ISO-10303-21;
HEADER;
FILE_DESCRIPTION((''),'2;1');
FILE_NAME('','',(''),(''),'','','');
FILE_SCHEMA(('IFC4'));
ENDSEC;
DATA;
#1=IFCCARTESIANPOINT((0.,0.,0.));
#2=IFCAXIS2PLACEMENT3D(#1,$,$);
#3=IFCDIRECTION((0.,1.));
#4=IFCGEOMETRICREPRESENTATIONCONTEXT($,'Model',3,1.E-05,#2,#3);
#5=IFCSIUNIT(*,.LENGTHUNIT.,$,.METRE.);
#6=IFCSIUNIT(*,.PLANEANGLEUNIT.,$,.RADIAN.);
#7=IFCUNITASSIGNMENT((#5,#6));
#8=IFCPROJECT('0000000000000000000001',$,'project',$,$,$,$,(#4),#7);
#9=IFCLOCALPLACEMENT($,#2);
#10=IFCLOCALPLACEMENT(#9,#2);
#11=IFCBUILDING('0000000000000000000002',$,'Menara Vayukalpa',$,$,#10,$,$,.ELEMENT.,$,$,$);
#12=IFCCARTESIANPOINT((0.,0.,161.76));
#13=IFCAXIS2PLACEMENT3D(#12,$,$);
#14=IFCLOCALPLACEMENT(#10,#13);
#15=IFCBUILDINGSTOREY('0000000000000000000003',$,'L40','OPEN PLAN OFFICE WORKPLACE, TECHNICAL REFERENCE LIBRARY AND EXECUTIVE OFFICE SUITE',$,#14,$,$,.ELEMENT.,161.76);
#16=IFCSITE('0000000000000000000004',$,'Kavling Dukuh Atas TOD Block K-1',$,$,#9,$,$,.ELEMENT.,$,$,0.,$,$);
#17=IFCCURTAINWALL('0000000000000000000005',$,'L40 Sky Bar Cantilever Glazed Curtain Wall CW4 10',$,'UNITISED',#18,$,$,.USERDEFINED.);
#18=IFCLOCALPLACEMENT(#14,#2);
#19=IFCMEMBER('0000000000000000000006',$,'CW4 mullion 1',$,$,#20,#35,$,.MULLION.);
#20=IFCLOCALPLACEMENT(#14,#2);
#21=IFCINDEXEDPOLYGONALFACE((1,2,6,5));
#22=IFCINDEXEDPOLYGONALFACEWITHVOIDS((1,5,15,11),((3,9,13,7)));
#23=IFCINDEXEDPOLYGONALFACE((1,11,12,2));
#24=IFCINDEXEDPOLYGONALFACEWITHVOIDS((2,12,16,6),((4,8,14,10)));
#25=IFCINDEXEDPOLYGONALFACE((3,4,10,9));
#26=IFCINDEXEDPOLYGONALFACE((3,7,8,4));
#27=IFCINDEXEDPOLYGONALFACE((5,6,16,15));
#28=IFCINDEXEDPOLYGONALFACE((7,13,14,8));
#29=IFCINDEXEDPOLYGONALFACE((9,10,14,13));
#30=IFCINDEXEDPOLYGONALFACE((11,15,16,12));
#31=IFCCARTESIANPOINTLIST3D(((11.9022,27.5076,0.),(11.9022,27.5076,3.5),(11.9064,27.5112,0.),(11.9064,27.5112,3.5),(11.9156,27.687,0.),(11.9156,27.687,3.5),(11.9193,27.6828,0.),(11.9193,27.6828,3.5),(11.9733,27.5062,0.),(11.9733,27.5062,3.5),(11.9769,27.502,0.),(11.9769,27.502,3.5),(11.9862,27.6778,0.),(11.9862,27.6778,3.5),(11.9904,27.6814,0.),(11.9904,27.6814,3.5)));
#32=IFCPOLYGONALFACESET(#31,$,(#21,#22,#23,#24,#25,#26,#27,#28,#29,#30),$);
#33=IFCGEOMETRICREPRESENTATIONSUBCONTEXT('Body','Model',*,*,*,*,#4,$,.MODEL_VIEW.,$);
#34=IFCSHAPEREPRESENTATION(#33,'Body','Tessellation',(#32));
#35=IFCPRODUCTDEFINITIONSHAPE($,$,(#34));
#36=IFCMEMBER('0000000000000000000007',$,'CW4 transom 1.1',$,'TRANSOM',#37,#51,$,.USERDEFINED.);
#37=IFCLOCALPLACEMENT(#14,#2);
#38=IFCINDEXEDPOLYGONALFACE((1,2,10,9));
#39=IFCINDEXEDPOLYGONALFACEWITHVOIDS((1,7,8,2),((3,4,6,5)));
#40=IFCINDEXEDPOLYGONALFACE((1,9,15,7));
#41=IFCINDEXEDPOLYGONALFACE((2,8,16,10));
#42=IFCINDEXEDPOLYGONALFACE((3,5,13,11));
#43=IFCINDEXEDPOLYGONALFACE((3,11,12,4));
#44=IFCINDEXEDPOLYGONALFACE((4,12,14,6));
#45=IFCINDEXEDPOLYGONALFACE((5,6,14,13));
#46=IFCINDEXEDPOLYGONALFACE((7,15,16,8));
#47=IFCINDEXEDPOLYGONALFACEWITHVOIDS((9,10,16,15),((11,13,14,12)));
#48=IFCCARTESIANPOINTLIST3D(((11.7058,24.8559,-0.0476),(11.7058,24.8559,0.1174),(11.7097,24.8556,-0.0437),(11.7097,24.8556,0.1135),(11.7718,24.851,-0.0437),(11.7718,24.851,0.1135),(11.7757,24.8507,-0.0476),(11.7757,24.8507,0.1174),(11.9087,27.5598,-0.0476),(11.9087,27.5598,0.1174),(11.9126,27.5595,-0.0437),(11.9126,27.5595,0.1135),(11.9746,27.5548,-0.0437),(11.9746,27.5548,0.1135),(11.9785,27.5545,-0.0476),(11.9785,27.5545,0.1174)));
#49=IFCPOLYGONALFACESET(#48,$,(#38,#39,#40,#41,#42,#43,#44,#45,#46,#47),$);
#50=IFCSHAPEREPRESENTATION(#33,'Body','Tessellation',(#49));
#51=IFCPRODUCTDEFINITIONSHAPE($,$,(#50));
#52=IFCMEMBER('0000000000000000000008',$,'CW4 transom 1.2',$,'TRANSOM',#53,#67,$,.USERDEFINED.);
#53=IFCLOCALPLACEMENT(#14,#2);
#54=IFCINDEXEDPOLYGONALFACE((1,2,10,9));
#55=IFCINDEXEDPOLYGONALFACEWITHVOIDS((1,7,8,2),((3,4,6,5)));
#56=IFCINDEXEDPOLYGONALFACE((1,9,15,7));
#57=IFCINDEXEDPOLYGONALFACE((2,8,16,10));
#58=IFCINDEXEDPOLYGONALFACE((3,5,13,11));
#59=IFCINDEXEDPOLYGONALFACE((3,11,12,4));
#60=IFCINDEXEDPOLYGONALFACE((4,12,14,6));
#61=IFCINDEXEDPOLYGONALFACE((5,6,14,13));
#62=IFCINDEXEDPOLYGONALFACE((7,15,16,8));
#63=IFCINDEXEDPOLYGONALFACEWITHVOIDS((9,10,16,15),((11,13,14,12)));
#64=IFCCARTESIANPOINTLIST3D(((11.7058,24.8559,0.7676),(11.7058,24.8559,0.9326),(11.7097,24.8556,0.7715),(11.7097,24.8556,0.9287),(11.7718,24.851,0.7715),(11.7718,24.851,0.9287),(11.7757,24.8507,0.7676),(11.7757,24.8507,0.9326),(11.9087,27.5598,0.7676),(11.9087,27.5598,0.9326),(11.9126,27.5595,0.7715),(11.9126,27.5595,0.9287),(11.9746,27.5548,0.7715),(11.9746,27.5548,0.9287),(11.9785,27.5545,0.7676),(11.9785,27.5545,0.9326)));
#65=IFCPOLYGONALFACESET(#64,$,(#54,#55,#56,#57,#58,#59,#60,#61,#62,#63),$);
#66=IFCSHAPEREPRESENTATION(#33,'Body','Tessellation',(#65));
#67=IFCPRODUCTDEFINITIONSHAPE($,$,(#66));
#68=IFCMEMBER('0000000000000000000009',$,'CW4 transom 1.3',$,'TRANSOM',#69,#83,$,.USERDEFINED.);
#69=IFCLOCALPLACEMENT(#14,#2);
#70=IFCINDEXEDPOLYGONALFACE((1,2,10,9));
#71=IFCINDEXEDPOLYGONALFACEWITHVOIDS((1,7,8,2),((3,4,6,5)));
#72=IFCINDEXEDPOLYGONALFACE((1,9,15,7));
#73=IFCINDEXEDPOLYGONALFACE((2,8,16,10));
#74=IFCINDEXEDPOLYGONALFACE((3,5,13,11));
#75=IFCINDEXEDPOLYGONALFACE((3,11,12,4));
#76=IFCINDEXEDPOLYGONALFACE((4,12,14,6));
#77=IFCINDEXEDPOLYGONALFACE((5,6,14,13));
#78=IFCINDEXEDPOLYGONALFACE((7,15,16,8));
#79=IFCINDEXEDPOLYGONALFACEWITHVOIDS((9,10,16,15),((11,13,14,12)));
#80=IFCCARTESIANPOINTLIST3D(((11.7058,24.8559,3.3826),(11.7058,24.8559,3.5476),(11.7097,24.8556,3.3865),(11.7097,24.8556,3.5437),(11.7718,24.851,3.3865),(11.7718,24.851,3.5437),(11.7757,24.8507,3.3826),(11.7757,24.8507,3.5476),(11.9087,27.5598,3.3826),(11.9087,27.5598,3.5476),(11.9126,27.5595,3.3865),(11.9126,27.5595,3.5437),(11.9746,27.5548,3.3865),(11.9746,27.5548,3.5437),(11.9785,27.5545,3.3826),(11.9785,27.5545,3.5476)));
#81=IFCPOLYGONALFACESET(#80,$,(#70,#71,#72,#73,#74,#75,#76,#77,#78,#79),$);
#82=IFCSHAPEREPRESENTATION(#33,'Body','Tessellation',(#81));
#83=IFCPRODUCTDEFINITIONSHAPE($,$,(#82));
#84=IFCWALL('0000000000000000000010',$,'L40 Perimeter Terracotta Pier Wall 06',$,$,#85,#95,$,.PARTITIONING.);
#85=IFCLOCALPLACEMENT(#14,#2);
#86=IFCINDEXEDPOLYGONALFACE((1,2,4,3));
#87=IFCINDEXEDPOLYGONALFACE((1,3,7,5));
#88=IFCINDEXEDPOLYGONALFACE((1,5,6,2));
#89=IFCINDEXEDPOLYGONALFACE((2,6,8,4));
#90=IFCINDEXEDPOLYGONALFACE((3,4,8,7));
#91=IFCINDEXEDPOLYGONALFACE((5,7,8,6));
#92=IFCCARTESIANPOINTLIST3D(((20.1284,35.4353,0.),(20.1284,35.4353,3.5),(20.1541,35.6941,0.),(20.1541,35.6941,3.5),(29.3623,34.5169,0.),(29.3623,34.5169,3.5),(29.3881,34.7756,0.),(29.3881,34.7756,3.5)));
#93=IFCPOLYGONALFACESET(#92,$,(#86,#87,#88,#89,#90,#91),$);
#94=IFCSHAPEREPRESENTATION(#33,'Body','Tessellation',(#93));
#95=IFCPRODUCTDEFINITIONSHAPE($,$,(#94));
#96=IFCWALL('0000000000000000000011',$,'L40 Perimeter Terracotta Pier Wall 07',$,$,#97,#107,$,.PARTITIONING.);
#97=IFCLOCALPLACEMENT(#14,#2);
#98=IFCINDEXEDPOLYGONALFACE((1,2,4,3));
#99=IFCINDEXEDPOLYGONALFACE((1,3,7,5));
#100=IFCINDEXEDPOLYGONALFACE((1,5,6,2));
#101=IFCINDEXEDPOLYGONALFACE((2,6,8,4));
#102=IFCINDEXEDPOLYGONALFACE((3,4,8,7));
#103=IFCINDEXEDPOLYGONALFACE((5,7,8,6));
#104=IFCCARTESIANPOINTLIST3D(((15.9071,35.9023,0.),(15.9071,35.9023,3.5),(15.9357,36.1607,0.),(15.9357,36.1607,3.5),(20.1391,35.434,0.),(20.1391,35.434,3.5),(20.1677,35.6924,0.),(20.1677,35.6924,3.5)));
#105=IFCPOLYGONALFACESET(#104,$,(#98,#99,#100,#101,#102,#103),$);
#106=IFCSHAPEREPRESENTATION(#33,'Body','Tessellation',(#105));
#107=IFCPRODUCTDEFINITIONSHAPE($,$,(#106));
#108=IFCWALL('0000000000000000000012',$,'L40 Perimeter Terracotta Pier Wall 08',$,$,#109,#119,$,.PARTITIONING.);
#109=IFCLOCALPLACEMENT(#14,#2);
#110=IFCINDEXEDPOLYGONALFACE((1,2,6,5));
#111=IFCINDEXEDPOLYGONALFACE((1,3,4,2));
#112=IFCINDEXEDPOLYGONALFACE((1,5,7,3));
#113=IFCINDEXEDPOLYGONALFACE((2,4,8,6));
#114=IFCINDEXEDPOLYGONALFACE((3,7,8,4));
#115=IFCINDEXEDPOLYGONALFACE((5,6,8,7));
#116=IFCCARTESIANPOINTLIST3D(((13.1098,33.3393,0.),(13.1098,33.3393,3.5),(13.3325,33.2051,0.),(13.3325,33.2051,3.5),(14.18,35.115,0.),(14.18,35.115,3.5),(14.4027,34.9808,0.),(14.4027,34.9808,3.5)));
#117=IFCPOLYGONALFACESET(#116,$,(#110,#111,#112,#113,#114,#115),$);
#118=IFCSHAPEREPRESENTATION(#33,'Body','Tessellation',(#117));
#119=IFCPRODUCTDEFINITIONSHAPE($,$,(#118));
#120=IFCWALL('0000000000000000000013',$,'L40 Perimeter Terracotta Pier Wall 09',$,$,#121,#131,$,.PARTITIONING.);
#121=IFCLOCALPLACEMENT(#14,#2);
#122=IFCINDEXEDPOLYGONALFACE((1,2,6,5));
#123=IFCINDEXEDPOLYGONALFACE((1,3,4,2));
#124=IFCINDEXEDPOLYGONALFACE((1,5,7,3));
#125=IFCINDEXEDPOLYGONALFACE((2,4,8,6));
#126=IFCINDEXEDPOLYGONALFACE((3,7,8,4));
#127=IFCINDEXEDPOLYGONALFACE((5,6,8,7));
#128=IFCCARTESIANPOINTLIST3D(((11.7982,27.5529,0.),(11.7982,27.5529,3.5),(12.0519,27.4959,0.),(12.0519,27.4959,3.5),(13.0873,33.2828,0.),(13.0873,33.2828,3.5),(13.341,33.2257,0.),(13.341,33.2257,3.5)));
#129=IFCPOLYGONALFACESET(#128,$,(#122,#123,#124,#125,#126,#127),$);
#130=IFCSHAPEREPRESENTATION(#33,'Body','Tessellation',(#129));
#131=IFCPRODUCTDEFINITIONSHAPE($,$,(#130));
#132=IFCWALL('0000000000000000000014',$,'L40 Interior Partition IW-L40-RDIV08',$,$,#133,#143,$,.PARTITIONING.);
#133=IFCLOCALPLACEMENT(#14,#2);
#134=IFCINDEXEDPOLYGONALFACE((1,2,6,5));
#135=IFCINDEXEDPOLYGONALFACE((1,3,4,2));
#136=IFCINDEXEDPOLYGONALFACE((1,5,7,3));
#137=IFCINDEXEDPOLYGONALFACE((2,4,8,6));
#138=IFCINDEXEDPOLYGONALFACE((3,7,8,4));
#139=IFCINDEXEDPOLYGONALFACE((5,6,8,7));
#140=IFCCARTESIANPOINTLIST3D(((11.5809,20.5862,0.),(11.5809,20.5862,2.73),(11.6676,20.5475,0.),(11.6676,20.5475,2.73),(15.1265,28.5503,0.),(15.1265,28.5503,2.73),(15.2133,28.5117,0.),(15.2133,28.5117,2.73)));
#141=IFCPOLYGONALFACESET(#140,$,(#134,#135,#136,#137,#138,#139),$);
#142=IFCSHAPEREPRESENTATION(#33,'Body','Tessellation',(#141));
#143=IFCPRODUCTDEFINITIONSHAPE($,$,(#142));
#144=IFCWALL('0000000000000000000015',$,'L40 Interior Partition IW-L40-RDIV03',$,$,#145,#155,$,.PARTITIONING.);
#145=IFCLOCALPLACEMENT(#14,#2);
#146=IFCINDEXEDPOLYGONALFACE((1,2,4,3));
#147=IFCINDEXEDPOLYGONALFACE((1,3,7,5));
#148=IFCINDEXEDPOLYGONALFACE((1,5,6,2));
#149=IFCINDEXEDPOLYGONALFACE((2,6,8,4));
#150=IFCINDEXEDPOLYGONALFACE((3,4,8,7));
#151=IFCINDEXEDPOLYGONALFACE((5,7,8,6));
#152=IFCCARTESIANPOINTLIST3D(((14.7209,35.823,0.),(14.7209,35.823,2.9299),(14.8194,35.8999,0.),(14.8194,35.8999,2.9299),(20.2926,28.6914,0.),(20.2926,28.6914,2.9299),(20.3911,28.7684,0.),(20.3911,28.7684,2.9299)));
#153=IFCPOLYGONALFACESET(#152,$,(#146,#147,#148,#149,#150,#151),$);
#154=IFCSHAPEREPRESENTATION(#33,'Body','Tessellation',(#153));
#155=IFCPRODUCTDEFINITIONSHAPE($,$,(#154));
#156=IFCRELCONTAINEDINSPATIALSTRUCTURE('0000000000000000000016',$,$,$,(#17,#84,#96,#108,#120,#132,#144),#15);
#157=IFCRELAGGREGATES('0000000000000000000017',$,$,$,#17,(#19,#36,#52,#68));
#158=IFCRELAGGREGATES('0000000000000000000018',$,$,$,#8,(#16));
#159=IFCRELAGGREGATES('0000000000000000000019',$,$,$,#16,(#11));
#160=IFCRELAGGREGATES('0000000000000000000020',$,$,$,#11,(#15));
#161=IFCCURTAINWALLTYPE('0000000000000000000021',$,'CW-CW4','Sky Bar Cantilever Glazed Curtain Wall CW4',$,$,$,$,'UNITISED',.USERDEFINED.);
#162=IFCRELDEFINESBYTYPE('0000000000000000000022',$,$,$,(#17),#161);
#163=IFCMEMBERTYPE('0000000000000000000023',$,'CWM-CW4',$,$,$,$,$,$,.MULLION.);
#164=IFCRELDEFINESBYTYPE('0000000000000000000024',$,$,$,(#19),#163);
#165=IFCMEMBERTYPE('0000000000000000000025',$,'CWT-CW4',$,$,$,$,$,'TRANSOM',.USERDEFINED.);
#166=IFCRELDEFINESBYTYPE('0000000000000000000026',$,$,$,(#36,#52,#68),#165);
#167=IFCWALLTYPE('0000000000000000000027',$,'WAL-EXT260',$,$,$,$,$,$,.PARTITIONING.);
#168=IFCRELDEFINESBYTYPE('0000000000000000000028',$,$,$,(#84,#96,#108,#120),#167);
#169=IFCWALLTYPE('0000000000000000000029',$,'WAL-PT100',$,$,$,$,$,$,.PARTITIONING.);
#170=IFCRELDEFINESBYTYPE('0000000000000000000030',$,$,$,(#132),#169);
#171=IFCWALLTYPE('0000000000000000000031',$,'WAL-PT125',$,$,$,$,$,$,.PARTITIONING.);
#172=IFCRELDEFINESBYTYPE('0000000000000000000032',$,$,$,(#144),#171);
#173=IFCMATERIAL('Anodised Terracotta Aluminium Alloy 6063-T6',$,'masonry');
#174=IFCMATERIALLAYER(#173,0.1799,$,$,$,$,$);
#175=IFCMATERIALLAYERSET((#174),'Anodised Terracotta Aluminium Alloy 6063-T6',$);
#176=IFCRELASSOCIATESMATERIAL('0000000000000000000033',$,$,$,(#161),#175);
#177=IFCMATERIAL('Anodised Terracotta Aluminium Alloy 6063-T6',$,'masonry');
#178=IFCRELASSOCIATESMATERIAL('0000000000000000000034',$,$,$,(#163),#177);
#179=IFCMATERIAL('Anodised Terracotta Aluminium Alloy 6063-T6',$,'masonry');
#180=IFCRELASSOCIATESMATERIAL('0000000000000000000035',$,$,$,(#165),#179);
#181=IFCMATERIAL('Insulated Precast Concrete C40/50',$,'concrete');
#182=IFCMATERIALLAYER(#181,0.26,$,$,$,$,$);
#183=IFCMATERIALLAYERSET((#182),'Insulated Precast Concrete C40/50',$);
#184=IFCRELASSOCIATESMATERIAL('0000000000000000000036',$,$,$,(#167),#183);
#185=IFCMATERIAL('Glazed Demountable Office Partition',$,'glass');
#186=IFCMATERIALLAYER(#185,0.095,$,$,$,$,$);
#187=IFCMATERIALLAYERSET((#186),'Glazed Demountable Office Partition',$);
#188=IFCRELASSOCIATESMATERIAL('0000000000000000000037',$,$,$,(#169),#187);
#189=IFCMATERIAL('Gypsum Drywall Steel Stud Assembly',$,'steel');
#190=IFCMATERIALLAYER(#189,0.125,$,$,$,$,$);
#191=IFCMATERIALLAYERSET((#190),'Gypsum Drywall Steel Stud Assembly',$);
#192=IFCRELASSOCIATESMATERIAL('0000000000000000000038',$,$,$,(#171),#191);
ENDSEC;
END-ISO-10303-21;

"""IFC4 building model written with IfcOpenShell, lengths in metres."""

from ifc_helpers import new_model, si_unit, direction, frame, frame_2d, origin, origin_2d, place, context, subcontext, project, spatial, rectangle, hollow_rectangle, extrude, material, layer, layer_set, material_profile, profile_set, type_object, element, aggregate, save


model = new_model("IFC4")

# Units and contexts
model_context = context("Model", 3, precision=1e-05, world=origin(), true_north=direction((0.0, 1.0)))
body_context = subcontext(model_context, "Body", "Model", "MODEL_VIEW")
ifc_project = project(units=[si_unit("LENGTHUNIT", "METRE"), si_unit("PLANEANGLEUNIT", "RADIAN")], contexts=[model_context])

# Site, building, storey
site_placement = place(None, origin())
site = spatial("IfcSite", under=ifc_project, at=site_placement, Name="Kavling Dukuh Atas TOD Block K-1", CompositionType="ELEMENT", RefElevation=0.0)
building_placement = place(site_placement, origin())
building = spatial("IfcBuilding", under=site, at=building_placement, Name="Menara Vayukalpa", CompositionType="ELEMENT")
storey_placement = place(building_placement, frame((0.0, 0.0, 161.76)))
storey = spatial("IfcBuildingStorey", under=building, at=storey_placement, Name="L40", Description="OPEN PLAN OFFICE WORKPLACE, TECHNICAL REFERENCE LIBRARY AND EXECUTIVE OFFICE SUITE", CompositionType="ELEMENT", Elevation=161.76)

# Curtain wall, members
ifc_material_1 = material(Name="Anodised Terracotta Aluminium Alloy 6063-T6", Category="masonry")
ifc_layer_1 = layer(ifc_material_1, 0.1799)
ifc_layer_set_1 = layer_set([ifc_layer_1], Name="Anodised Terracotta Aluminium Alloy 6063-T6")
curtain_wall_type = type_object("IfcCurtainWallType", Name="CW-CW4", Description="Sky Bar Cantilever Glazed Curtain Wall CW4", ElementType="UNITISED", PredefinedType="USERDEFINED", material=ifc_layer_set_1)
curtain_wall_placement = place(storey_placement, origin())
curtain_wall = element("IfcCurtainWall", 1, at=curtain_wall_placement, inside=storey, type_object=curtain_wall_type, Name="L40 Sky Bar Cantilever Glazed Curtain Wall CW4 10", ObjectType="UNITISED", PredefinedType="USERDEFINED")
ifc_material_2 = material(Name="Anodised Terracotta Aluminium Alloy 6063-T6", Category="masonry")
ifc_material_profile_1 = material_profile(ifc_material_2, hollow_rectangle(XDim=0.075, YDim=0.1799, WallThickness=0.0039, at=origin_2d()), Name="ALU 75x180x4")
ifc_profile_set_1 = profile_set([ifc_material_profile_1], Name="Anodised Terracotta Aluminium Alloy 6063-T6")
member_type_1 = type_object("IfcMemberType", Name="CWM-CW4", PredefinedType="MULLION", material=ifc_profile_set_1)
member_1_placement = place(storey_placement, frame((11.9463, 27.5945, 0.0), z_axis=(0.0, 0.0, 1.0), x_axis=(0.997199, -0.074793, 0.0)))
member_1 = element("IfcMember", 2, at=member_1_placement, type_object=member_type_1, Name="CW4 mullion 1", PredefinedType="MULLION", context=body_context, shape_type="SweptSolid", body=[
    extrude(hollow_rectangle(XDim=0.075, YDim=0.1799, WallThickness=0.0039, at=origin_2d()), origin(), (0.0, 0.0, 1.0), 3.5),
])
ifc_material_3 = material(Name="Anodised Terracotta Aluminium Alloy 6063-T6", Category="masonry")
ifc_material_profile_2 = material_profile(ifc_material_3, hollow_rectangle(XDim=0.0701, YDim=0.165, WallThickness=0.0039, at=origin_2d()), Name="ALU 70x165x4")
ifc_profile_set_2 = profile_set([ifc_material_profile_2], Name="Anodised Terracotta Aluminium Alloy 6063-T6")
member_type_2 = type_object("IfcMemberType", Name="CWT-CW4", ElementType="TRANSOM", PredefinedType="USERDEFINED", material=ifc_profile_set_2)
member_2_placement = place(storey_placement, frame((11.9436, 27.5571, 0.0349), z_axis=(-0.074824, -0.997197, 0.0), x_axis=(0.997197, -0.074824, 0.0)))
member_2 = element("IfcMember", 3, at=member_2_placement, type_object=member_type_2, Name="CW4 transom 1.1", ObjectType="TRANSOM", PredefinedType="USERDEFINED", context=body_context, shape_type="SweptSolid", body=[
    extrude(hollow_rectangle(XDim=0.0701, YDim=0.165, WallThickness=0.0039, at=origin_2d()), origin(), (0.0, 0.0, 1.0), 2.7114),
])
member_3_placement = place(storey_placement, frame((11.9436, 27.5571, 0.8501), z_axis=(-0.074824, -0.997197, 0.0), x_axis=(0.997197, -0.074824, 0.0)))
member_3 = element("IfcMember", 4, at=member_3_placement, type_object=member_type_2, Name="CW4 transom 1.2", ObjectType="TRANSOM", PredefinedType="USERDEFINED", context=body_context, shape_type="SweptSolid", body=[
    extrude(hollow_rectangle(XDim=0.0701, YDim=0.165, WallThickness=0.0039, at=origin_2d()), origin(), (0.0, 0.0, 1.0), 2.7114),
])
member_4_placement = place(storey_placement, frame((11.9436, 27.5571, 3.4651), z_axis=(-0.074824, -0.997197, 0.0), x_axis=(0.997197, -0.074824, 0.0)))
member_4 = element("IfcMember", 5, at=member_4_placement, type_object=member_type_2, Name="CW4 transom 1.3", ObjectType="TRANSOM", PredefinedType="USERDEFINED", context=body_context, shape_type="SweptSolid", body=[
    extrude(hollow_rectangle(XDim=0.0701, YDim=0.165, WallThickness=0.0039, at=origin_2d()), origin(), (0.0, 0.0, 1.0), 2.7114),
])
aggregate(curtain_wall, [member_1, member_2, member_3, member_4])

# Walls
ifc_material_4 = material(Name="Insulated Precast Concrete C40/50", Category="concrete")
ifc_layer_2 = layer(ifc_material_4, 0.26)
ifc_layer_set_2 = layer_set([ifc_layer_2], Name="Insulated Precast Concrete C40/50")
wall_type_1 = type_object("IfcWallType", Name="WAL-EXT260", PredefinedType="PARTITIONING", material=ifc_layer_set_2)
wall_1_placement = place(storey_placement, frame((20.1414, 35.5647, 0.0), z_axis=(0.0, 0.0, 1.0), x_axis=(0.99509, -0.098978, 0.0)))
element("IfcWall", 6, at=wall_1_placement, inside=storey, type_object=wall_type_1, Name="L40 Perimeter Terracotta Pier Wall 06", PredefinedType="PARTITIONING", context=body_context, shape_type="SweptSolid", body=[
    extrude(rectangle(XDim=9.2795, YDim=0.26, at=frame_2d((4.6396, 0.0))), origin(), (0.0, 0.0, 1.0), 3.5),
])
wall_2_placement = place(storey_placement, frame((15.9214, 36.0315, 0.0), z_axis=(0.0, 0.0, 1.0), x_axis=(0.993934, -0.109978, 0.0)))
element("IfcWall", 7, at=wall_2_placement, inside=storey, type_object=wall_type_1, Name="L40 Perimeter Terracotta Pier Wall 07", PredefinedType="PARTITIONING", context=body_context, shape_type="SweptSolid", body=[
    extrude(rectangle(XDim=4.2578, YDim=0.26, at=frame_2d((2.1289, 0.0))), origin(), (0.0, 0.0, 1.0), 3.5),
])
wall_3_placement = place(storey_placement, frame((13.2212, 33.2722, 0.0), z_axis=(0.0, 0.0, 1.0), x_axis=(0.516157, 0.856494, 0.0)))
element("IfcWall", 8, at=wall_3_placement, inside=storey, type_object=wall_type_1, Name="L40 Perimeter Terracotta Pier Wall 08", PredefinedType="PARTITIONING", context=body_context, shape_type="SweptSolid", body=[
    extrude(rectangle(XDim=2.0732, YDim=0.26, at=frame_2d((1.0366, 0.0))), origin(), (0.0, 0.0, 1.0), 3.5),
])
wall_4_placement = place(storey_placement, frame((11.925, 27.5244, 0.0), z_axis=(0.0, 0.0, 1.0), x_axis=(0.219491, 0.975614, 0.0)))
element("IfcWall", 9, at=wall_4_placement, inside=storey, type_object=wall_type_1, Name="L40 Perimeter Terracotta Pier Wall 09", PredefinedType="PARTITIONING", context=body_context, shape_type="SweptSolid", body=[
    extrude(rectangle(XDim=5.873, YDim=0.26, at=frame_2d((2.9365, 0.0))), origin(), (0.0, 0.0, 1.0), 3.5),
])
ifc_material_5 = material(Name="Glazed Demountable Office Partition", Category="glass")
ifc_layer_3 = layer(ifc_material_5, 0.095)
ifc_layer_set_3 = layer_set([ifc_layer_3], Name="Glazed Demountable Office Partition")
wall_type_2 = type_object("IfcWallType", Name="WAL-PT100", PredefinedType="PARTITIONING", material=ifc_layer_set_3)
wall_5_placement = place(storey_placement, frame((15.1699, 28.531, 0.0), z_axis=(0.0, 0.0, 1.0), x_axis=(-0.406718, -0.913554, 0.0)))
element("IfcWall", 10, at=wall_5_placement, inside=storey, type_object=wall_type_2, Name="L40 Interior Partition IW-L40-RDIV08", PredefinedType="PARTITIONING", context=body_context, shape_type="SweptSolid", body=[
    extrude(rectangle(XDim=8.7178, YDim=0.095, at=frame_2d((4.3589, 0.0))), origin(), (0.0, 0.0, 1.0), 2.73),
])
ifc_material_6 = material(Name="Gypsum Drywall Steel Stud Assembly", Category="steel")
ifc_layer_4 = layer(ifc_material_6, 0.125)
ifc_layer_set_4 = layer_set([ifc_layer_4], Name="Gypsum Drywall Steel Stud Assembly")
wall_type_3 = type_object("IfcWallType", Name="WAL-PT125", PredefinedType="PARTITIONING", material=ifc_layer_set_4)
wall_6_placement = place(storey_placement, frame((20.3418, 28.73, 0.0), z_axis=(0.0, 0.0, 1.0), x_axis=(-0.615659, 0.788013, 0.0)))
element("IfcWall", 11, at=wall_6_placement, inside=storey, type_object=wall_type_3, Name="L40 Interior Partition IW-L40-RDIV03", PredefinedType="PARTITIONING", context=body_context, shape_type="SweptSolid", body=[
    extrude(rectangle(XDim=9.05, YDim=0.125, at=frame_2d((4.5249, 0.0))), origin(), (0.0, 0.0, 1.0), 2.9299),
])

save(model, "model.ifc")
